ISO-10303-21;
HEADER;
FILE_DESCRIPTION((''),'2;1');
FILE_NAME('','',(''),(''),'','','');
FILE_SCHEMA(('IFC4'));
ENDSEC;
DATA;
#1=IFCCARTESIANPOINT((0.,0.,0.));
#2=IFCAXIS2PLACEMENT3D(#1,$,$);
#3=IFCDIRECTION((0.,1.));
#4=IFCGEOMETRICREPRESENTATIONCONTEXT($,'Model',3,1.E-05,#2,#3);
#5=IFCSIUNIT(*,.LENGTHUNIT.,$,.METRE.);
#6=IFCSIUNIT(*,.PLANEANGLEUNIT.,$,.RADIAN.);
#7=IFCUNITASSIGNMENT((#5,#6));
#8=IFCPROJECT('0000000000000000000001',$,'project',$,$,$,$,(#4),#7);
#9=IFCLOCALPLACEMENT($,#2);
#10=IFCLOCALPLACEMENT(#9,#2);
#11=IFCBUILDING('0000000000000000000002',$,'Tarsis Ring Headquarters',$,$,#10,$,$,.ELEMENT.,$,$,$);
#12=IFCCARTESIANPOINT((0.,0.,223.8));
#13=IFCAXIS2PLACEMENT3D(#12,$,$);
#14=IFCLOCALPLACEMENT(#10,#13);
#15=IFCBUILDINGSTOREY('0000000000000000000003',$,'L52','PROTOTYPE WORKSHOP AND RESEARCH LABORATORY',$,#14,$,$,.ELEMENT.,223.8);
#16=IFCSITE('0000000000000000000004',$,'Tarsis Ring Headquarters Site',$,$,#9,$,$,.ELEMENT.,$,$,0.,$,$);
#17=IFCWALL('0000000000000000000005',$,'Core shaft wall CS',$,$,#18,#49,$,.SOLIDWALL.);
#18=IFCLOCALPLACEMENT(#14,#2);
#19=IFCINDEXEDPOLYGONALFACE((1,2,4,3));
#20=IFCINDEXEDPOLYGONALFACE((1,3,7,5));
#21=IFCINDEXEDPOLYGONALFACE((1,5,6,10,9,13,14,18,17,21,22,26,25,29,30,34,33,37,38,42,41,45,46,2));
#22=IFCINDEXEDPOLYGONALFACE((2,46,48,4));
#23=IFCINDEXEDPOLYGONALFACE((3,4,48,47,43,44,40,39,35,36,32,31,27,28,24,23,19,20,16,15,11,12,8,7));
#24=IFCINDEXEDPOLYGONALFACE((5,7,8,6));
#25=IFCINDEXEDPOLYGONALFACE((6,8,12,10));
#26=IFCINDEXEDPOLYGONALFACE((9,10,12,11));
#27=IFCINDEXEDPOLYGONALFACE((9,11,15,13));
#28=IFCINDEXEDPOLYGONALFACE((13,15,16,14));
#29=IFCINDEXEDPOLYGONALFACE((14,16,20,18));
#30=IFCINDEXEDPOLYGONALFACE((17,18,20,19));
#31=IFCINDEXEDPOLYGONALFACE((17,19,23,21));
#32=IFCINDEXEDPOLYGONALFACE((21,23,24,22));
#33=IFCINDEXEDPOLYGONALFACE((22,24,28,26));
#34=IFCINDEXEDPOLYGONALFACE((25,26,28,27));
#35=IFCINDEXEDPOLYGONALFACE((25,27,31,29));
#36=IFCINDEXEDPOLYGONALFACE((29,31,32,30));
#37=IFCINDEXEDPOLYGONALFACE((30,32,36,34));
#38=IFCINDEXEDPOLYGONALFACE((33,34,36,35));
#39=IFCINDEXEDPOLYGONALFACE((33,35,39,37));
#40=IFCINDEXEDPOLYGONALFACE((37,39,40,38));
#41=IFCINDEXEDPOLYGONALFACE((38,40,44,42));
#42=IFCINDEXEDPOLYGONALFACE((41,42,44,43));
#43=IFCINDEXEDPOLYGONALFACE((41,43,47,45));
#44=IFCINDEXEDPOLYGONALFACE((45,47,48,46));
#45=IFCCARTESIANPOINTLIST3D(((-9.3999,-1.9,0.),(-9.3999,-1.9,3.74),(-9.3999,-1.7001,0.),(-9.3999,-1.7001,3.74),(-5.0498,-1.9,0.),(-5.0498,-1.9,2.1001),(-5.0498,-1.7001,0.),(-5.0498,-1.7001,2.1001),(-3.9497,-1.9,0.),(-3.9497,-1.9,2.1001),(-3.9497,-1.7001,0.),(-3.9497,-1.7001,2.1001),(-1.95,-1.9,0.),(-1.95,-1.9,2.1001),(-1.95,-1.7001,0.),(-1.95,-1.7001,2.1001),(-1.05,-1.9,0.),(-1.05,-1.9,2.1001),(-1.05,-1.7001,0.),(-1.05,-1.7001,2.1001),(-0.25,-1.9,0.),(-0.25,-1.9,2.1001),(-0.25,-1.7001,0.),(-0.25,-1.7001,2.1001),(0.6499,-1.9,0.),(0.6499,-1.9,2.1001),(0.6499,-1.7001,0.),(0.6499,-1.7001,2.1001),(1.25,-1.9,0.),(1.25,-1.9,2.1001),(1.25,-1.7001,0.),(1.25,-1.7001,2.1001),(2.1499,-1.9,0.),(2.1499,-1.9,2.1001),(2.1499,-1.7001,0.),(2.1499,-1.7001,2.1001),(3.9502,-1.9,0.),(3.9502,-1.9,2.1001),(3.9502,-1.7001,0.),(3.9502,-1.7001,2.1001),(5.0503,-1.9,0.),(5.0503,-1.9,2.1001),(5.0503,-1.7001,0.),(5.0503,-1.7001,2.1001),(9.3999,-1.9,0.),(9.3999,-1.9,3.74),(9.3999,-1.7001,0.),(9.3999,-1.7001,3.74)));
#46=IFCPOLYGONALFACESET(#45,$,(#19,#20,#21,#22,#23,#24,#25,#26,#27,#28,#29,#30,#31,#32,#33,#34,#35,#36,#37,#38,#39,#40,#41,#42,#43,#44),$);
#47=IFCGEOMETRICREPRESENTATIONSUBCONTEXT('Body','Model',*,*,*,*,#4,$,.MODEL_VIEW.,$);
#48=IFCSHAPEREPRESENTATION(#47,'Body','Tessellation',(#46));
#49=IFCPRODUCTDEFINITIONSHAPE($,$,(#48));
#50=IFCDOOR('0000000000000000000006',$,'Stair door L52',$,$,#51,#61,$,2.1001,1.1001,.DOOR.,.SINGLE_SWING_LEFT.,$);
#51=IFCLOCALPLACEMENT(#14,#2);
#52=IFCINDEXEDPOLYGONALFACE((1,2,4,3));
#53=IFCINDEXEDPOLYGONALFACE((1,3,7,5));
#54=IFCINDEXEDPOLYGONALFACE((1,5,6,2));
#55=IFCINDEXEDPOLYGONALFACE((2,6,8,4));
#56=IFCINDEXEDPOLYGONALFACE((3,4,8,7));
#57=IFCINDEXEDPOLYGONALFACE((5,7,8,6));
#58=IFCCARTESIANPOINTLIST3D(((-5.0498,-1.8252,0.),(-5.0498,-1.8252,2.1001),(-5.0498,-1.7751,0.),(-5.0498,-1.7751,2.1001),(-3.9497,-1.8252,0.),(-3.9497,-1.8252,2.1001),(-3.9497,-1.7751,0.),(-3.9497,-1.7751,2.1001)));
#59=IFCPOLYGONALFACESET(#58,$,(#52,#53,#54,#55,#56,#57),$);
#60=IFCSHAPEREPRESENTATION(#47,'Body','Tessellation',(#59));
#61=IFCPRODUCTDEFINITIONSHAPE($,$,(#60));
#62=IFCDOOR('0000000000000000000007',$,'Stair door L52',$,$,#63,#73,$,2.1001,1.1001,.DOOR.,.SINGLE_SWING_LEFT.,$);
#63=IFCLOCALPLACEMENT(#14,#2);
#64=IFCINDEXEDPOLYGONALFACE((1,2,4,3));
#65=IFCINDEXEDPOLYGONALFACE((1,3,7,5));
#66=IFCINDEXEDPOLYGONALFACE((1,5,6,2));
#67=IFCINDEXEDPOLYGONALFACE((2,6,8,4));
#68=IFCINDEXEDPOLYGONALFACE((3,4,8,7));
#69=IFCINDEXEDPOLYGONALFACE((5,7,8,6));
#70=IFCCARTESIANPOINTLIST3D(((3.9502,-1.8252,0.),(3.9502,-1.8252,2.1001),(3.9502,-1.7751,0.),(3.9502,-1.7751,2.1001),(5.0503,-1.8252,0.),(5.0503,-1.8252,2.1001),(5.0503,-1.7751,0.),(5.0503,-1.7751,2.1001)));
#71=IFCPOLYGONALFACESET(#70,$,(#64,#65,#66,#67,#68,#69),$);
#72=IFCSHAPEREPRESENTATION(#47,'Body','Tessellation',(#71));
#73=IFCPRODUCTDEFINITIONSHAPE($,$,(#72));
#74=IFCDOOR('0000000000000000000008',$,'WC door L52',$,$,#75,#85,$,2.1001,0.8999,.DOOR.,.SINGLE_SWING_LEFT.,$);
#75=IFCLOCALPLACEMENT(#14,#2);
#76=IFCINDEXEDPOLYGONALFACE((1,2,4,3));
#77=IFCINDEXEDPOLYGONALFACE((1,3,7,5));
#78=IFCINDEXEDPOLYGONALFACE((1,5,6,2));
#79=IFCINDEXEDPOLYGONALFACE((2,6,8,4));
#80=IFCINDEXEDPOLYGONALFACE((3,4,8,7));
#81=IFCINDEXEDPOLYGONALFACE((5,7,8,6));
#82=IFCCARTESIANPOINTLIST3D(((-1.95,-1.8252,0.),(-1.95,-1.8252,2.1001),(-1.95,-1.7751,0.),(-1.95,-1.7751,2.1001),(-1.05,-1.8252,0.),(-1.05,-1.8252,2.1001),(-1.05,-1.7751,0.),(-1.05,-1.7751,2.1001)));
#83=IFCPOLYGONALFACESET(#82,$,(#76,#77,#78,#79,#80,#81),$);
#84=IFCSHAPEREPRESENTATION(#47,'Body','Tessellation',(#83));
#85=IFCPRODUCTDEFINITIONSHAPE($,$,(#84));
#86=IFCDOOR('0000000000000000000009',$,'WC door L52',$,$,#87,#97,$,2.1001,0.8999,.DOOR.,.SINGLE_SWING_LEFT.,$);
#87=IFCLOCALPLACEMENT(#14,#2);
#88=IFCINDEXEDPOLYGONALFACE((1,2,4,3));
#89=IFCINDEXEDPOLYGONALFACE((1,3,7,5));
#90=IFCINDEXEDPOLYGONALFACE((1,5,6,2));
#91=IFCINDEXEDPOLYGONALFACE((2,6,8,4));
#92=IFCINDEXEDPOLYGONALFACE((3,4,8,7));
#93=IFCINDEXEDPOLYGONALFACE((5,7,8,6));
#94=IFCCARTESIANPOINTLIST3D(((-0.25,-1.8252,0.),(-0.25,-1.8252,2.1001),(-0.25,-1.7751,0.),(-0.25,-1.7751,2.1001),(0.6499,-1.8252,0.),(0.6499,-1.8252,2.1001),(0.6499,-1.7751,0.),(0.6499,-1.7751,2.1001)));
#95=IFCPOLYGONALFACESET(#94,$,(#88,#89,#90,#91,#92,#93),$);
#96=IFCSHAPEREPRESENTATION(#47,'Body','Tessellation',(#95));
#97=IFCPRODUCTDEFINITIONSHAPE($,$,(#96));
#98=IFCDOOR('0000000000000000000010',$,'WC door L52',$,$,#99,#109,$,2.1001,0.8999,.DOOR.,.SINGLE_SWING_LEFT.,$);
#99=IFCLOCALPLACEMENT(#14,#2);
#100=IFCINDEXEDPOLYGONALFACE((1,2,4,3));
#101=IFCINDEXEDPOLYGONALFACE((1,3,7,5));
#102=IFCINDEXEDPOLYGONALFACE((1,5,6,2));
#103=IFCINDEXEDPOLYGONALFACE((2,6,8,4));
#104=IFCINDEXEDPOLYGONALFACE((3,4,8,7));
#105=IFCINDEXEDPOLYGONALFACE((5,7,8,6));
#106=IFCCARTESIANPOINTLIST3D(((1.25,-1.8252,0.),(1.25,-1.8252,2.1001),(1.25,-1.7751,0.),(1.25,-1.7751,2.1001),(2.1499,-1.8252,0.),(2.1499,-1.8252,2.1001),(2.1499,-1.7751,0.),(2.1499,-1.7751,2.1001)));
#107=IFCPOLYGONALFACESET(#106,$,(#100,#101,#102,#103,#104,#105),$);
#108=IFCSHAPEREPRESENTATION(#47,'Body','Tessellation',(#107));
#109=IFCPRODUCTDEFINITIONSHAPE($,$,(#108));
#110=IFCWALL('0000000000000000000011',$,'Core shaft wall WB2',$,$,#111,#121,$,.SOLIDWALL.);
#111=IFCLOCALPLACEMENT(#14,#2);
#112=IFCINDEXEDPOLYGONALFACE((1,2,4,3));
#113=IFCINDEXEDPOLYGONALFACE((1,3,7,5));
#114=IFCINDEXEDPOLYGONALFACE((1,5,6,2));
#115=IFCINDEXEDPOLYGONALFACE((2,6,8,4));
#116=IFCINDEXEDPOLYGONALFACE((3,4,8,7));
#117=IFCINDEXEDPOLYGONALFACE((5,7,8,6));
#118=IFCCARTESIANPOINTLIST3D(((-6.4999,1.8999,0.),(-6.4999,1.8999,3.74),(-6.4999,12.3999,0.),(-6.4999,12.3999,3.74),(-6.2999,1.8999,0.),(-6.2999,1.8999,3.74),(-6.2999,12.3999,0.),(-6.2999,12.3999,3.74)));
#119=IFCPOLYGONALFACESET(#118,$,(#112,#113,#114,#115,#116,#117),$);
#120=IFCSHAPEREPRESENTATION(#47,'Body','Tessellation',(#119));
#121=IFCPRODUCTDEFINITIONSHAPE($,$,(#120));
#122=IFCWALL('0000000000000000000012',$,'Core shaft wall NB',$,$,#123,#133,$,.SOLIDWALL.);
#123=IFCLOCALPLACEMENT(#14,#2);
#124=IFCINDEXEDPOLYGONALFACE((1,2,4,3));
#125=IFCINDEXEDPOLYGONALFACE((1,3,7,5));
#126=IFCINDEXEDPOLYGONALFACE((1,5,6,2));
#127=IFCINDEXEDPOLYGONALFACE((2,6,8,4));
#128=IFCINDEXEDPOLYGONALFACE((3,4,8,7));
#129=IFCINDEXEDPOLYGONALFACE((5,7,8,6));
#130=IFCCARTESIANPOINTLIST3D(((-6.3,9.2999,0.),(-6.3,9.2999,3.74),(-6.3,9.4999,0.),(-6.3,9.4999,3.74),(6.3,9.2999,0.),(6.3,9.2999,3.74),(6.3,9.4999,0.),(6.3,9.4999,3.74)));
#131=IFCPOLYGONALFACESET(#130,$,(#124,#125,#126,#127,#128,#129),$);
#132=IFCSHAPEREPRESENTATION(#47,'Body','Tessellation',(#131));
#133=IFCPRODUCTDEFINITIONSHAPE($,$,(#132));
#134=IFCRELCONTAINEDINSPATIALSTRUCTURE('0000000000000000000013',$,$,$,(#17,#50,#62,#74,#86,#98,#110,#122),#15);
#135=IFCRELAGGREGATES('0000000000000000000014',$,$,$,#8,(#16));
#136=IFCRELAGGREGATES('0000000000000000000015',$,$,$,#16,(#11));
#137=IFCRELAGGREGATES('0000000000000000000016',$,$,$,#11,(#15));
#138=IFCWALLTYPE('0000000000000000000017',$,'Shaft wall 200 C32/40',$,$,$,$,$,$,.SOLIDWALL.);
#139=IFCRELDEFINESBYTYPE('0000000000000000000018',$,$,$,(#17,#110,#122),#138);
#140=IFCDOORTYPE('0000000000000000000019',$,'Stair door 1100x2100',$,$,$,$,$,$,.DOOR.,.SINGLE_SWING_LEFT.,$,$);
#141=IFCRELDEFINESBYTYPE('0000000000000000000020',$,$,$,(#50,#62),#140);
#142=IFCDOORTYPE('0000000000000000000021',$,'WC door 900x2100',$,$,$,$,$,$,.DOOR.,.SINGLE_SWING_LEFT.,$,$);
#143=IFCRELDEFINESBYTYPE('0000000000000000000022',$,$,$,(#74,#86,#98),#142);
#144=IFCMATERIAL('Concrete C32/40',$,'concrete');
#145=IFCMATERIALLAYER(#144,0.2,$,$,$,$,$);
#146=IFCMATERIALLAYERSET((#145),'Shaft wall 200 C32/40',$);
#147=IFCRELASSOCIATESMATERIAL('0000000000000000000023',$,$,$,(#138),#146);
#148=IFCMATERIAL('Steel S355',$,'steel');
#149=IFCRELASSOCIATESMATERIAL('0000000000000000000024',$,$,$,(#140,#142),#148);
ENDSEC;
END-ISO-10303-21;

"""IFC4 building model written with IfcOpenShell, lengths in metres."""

from ifc_helpers import new_model, si_unit, direction, frame, frame_2d, origin, place, context, subcontext, project, spatial, rectangle, extrude, material, layer, layer_set, type_object, element, fill, save


model = new_model("IFC4")

# Units and contexts
model_context = context("Model", 3, precision=1e-05, world=origin(), true_north=direction((0.0, 1.0)))
body_context = subcontext(model_context, "Body", "Model", "MODEL_VIEW")
ifc_project = project(units=[si_unit("LENGTHUNIT", "METRE"), si_unit("PLANEANGLEUNIT", "RADIAN")], contexts=[model_context])

# Site, building, storey
site_placement = place(None, origin())
site = spatial("IfcSite", under=ifc_project, at=site_placement, Name="Tarsis Ring Headquarters Site", CompositionType="ELEMENT", RefElevation=0.0)
building_placement = place(site_placement, origin())
building = spatial("IfcBuilding", under=site, at=building_placement, Name="Tarsis Ring Headquarters", CompositionType="ELEMENT")
storey_placement = place(building_placement, frame((0.0, 0.0, 223.8)))
storey = spatial("IfcBuildingStorey", under=building, at=storey_placement, Name="L52", Description="PROTOTYPE WORKSHOP AND RESEARCH LABORATORY", CompositionType="ELEMENT", Elevation=223.8)

# Wall, openings, doors
ifc_material_1 = material(Name="Steel S355", Category="steel")
ifc_material_2 = material(Name="Concrete C32/40", Category="concrete")
ifc_layer_1 = layer(ifc_material_2, 0.2)
ifc_layer_set_1 = layer_set([ifc_layer_1], Name="Shaft wall 200 C32/40")
wall_type_1 = type_object("IfcWallType", Name="Shaft wall 200 C32/40", PredefinedType="SOLIDWALL", material=ifc_layer_set_1)
door_type_1 = type_object("IfcDoorType", Name="Stair door 1100x2100", OperationType="SINGLE_SWING_LEFT", PredefinedType="DOOR", material=ifc_material_1)
wall_1_placement = place(storey_placement, frame((-9.3999, -1.8, 0.0), z_axis=(0.0, 0.0, 1.0), x_axis=(1.0, 0.0, 0.0)))
wall_1 = element("IfcWall", 1, at=wall_1_placement, inside=storey, type_object=wall_type_1, Name="Core shaft wall CS", PredefinedType="SOLIDWALL", context=body_context, shape_type="SweptSolid", body=[
    extrude(rectangle(XDim=18.7998, YDim=0.2, at=frame_2d((9.3999, 0.0))), origin(), (0.0, 0.0, 1.0), 3.74),
])
opening_1_placement = place(wall_1_placement, frame((4.3501, 0.0, 0.0)))
opening_1 = element("IfcOpeningElement", 2, at=opening_1_placement, cuts=wall_1, PredefinedType="OPENING", context=body_context, shape_type="SweptSolid", body=[
    extrude(rectangle(XDim=1.1001, YDim=2.1001, at=frame_2d((0.55, 1.05))), frame((0.0, 0.1099, 0.0), z_axis=(0.0, -1.0, 0.0), x_axis=(1.0, 0.0, 0.0)), (0.0, 0.0, 1.0), 0.22),
])
opening_2_placement = place(wall_1_placement, frame((7.45, 0.0, 0.0)))
opening_2 = element("IfcOpeningElement", 3, at=opening_2_placement, cuts=wall_1, PredefinedType="OPENING", context=body_context, shape_type="SweptSolid", body=[
    extrude(rectangle(XDim=0.8999, YDim=2.1001, at=frame_2d((0.45, 1.05))), frame((0.0, 0.1099, 0.0), z_axis=(0.0, -1.0, 0.0), x_axis=(1.0, 0.0, 0.0)), (0.0, 0.0, 1.0), 0.22),
])
opening_3_placement = place(wall_1_placement, frame((9.1499, 0.0, 0.0)))
opening_3 = element("IfcOpeningElement", 4, at=opening_3_placement, cuts=wall_1, PredefinedType="OPENING", context=body_context, shape_type="SweptSolid", body=[
    extrude(rectangle(XDim=0.8999, YDim=2.1001, at=frame_2d((0.45, 1.05))), frame((0.0, 0.1099, 0.0), z_axis=(0.0, -1.0, 0.0), x_axis=(1.0, 0.0, 0.0)), (0.0, 0.0, 1.0), 0.22),
])
opening_4_placement = place(wall_1_placement, frame((10.6499, 0.0, 0.0)))
opening_4 = element("IfcOpeningElement", 5, at=opening_4_placement, cuts=wall_1, PredefinedType="OPENING", context=body_context, shape_type="SweptSolid", body=[
    extrude(rectangle(XDim=0.8999, YDim=2.1001, at=frame_2d((0.45, 1.05))), frame((0.0, 0.1099, 0.0), z_axis=(0.0, -1.0, 0.0), x_axis=(1.0, 0.0, 0.0)), (0.0, 0.0, 1.0), 0.22),
])
opening_5_placement = place(wall_1_placement, frame((13.3501, 0.0, 0.0)))
opening_5 = element("IfcOpeningElement", 6, at=opening_5_placement, cuts=wall_1, PredefinedType="OPENING", context=body_context, shape_type="SweptSolid", body=[
    extrude(rectangle(XDim=1.1001, YDim=2.1001, at=frame_2d((0.55, 1.05))), frame((0.0, 0.1099, 0.0), z_axis=(0.0, -1.0, 0.0), x_axis=(1.0, 0.0, 0.0)), (0.0, 0.0, 1.0), 0.22),
])
door_1_placement = place(opening_1_placement, origin())
door_1 = element("IfcDoor", 7, at=door_1_placement, inside=storey, type_object=door_type_1, Name="Stair door L52", OperationType="SINGLE_SWING_LEFT", OverallHeight=2.1001, OverallWidth=1.1001, PredefinedType="DOOR", context=body_context, shape_type="SweptSolid", body=[
    extrude(rectangle(XDim=1.1001, YDim=2.1001, at=frame_2d((0.55, 1.05))), frame((0.0, 0.0249, 0.0), z_axis=(0.0, -1.0, 0.0), x_axis=(1.0, 0.0, 0.0)), (0.0, 0.0, 1.0), 0.05),
])
fill(opening_1, door_1)
door_2_placement = place(opening_5_placement, origin())
door_2 = element("IfcDoor", 8, at=door_2_placement, inside=storey, type_object=door_type_1, Name="Stair door L52", OperationType="SINGLE_SWING_LEFT", OverallHeight=2.1001, OverallWidth=1.1001, PredefinedType="DOOR", context=body_context, shape_type="SweptSolid", body=[
    extrude(rectangle(XDim=1.1001, YDim=2.1001, at=frame_2d((0.55, 1.05))), frame((0.0, 0.0249, 0.0), z_axis=(0.0, -1.0, 0.0), x_axis=(1.0, 0.0, 0.0)), (0.0, 0.0, 1.0), 0.05),
])
fill(opening_5, door_2)
door_type_2 = type_object("IfcDoorType", Name="WC door 900x2100", OperationType="SINGLE_SWING_LEFT", PredefinedType="DOOR", material=ifc_material_1)
door_3_placement = place(opening_2_placement, origin())
door_3 = element("IfcDoor", 9, at=door_3_placement, inside=storey, type_object=door_type_2, Name="WC door L52", OperationType="SINGLE_SWING_LEFT", OverallHeight=2.1001, OverallWidth=0.8999, PredefinedType="DOOR", context=body_context, shape_type="SweptSolid", body=[
    extrude(rectangle(XDim=0.8999, YDim=2.1001, at=frame_2d((0.45, 1.05))), frame((0.0, 0.0249, 0.0), z_axis=(0.0, -1.0, 0.0), x_axis=(1.0, 0.0, 0.0)), (0.0, 0.0, 1.0), 0.05),
])
fill(opening_2, door_3)
door_4_placement = place(opening_3_placement, origin())
door_4 = element("IfcDoor", 10, at=door_4_placement, inside=storey, type_object=door_type_2, Name="WC door L52", OperationType="SINGLE_SWING_LEFT", OverallHeight=2.1001, OverallWidth=0.8999, PredefinedType="DOOR", context=body_context, shape_type="SweptSolid", body=[
    extrude(rectangle(XDim=0.8999, YDim=2.1001, at=frame_2d((0.45, 1.05))), frame((0.0, 0.0249, 0.0), z_axis=(0.0, -1.0, 0.0), x_axis=(1.0, 0.0, 0.0)), (0.0, 0.0, 1.0), 0.05),
])
fill(opening_3, door_4)
door_5_placement = place(opening_4_placement, origin())
door_5 = element("IfcDoor", 11, at=door_5_placement, inside=storey, type_object=door_type_2, Name="WC door L52", OperationType="SINGLE_SWING_LEFT", OverallHeight=2.1001, OverallWidth=0.8999, PredefinedType="DOOR", context=body_context, shape_type="SweptSolid", body=[
    extrude(rectangle(XDim=0.8999, YDim=2.1001, at=frame_2d((0.45, 1.05))), frame((0.0, 0.0249, 0.0), z_axis=(0.0, -1.0, 0.0), x_axis=(1.0, 0.0, 0.0)), (0.0, 0.0, 1.0), 0.05),
])
fill(opening_4, door_5)

# Walls
wall_2_placement = place(storey_placement, frame((-6.3999, 1.8999, 0.0), z_axis=(0.0, 0.0, 1.0), x_axis=(0.0, 1.0, 0.0)))
element("IfcWall", 12, at=wall_2_placement, inside=storey, type_object=wall_type_1, Name="Core shaft wall WB2", PredefinedType="SOLIDWALL", context=body_context, shape_type="SweptSolid", body=[
    extrude(rectangle(XDim=10.5, YDim=0.2, at=frame_2d((5.25, 0.0))), origin(), (0.0, 0.0, 1.0), 3.74),
])
wall_3_placement = place(storey_placement, frame((-6.3, 9.3999, 0.0), z_axis=(0.0, 0.0, 1.0), x_axis=(1.0, 0.0, 0.0)))
element("IfcWall", 13, at=wall_3_placement, inside=storey, type_object=wall_type_1, Name="Core shaft wall NB", PredefinedType="SOLIDWALL", context=body_context, shape_type="SweptSolid", body=[
    extrude(rectangle(XDim=12.6001, YDim=0.2, at=frame_2d((6.3, 0.0))), origin(), (0.0, 0.0, 1.0), 3.74),
])

save(model, "model.ifc")
